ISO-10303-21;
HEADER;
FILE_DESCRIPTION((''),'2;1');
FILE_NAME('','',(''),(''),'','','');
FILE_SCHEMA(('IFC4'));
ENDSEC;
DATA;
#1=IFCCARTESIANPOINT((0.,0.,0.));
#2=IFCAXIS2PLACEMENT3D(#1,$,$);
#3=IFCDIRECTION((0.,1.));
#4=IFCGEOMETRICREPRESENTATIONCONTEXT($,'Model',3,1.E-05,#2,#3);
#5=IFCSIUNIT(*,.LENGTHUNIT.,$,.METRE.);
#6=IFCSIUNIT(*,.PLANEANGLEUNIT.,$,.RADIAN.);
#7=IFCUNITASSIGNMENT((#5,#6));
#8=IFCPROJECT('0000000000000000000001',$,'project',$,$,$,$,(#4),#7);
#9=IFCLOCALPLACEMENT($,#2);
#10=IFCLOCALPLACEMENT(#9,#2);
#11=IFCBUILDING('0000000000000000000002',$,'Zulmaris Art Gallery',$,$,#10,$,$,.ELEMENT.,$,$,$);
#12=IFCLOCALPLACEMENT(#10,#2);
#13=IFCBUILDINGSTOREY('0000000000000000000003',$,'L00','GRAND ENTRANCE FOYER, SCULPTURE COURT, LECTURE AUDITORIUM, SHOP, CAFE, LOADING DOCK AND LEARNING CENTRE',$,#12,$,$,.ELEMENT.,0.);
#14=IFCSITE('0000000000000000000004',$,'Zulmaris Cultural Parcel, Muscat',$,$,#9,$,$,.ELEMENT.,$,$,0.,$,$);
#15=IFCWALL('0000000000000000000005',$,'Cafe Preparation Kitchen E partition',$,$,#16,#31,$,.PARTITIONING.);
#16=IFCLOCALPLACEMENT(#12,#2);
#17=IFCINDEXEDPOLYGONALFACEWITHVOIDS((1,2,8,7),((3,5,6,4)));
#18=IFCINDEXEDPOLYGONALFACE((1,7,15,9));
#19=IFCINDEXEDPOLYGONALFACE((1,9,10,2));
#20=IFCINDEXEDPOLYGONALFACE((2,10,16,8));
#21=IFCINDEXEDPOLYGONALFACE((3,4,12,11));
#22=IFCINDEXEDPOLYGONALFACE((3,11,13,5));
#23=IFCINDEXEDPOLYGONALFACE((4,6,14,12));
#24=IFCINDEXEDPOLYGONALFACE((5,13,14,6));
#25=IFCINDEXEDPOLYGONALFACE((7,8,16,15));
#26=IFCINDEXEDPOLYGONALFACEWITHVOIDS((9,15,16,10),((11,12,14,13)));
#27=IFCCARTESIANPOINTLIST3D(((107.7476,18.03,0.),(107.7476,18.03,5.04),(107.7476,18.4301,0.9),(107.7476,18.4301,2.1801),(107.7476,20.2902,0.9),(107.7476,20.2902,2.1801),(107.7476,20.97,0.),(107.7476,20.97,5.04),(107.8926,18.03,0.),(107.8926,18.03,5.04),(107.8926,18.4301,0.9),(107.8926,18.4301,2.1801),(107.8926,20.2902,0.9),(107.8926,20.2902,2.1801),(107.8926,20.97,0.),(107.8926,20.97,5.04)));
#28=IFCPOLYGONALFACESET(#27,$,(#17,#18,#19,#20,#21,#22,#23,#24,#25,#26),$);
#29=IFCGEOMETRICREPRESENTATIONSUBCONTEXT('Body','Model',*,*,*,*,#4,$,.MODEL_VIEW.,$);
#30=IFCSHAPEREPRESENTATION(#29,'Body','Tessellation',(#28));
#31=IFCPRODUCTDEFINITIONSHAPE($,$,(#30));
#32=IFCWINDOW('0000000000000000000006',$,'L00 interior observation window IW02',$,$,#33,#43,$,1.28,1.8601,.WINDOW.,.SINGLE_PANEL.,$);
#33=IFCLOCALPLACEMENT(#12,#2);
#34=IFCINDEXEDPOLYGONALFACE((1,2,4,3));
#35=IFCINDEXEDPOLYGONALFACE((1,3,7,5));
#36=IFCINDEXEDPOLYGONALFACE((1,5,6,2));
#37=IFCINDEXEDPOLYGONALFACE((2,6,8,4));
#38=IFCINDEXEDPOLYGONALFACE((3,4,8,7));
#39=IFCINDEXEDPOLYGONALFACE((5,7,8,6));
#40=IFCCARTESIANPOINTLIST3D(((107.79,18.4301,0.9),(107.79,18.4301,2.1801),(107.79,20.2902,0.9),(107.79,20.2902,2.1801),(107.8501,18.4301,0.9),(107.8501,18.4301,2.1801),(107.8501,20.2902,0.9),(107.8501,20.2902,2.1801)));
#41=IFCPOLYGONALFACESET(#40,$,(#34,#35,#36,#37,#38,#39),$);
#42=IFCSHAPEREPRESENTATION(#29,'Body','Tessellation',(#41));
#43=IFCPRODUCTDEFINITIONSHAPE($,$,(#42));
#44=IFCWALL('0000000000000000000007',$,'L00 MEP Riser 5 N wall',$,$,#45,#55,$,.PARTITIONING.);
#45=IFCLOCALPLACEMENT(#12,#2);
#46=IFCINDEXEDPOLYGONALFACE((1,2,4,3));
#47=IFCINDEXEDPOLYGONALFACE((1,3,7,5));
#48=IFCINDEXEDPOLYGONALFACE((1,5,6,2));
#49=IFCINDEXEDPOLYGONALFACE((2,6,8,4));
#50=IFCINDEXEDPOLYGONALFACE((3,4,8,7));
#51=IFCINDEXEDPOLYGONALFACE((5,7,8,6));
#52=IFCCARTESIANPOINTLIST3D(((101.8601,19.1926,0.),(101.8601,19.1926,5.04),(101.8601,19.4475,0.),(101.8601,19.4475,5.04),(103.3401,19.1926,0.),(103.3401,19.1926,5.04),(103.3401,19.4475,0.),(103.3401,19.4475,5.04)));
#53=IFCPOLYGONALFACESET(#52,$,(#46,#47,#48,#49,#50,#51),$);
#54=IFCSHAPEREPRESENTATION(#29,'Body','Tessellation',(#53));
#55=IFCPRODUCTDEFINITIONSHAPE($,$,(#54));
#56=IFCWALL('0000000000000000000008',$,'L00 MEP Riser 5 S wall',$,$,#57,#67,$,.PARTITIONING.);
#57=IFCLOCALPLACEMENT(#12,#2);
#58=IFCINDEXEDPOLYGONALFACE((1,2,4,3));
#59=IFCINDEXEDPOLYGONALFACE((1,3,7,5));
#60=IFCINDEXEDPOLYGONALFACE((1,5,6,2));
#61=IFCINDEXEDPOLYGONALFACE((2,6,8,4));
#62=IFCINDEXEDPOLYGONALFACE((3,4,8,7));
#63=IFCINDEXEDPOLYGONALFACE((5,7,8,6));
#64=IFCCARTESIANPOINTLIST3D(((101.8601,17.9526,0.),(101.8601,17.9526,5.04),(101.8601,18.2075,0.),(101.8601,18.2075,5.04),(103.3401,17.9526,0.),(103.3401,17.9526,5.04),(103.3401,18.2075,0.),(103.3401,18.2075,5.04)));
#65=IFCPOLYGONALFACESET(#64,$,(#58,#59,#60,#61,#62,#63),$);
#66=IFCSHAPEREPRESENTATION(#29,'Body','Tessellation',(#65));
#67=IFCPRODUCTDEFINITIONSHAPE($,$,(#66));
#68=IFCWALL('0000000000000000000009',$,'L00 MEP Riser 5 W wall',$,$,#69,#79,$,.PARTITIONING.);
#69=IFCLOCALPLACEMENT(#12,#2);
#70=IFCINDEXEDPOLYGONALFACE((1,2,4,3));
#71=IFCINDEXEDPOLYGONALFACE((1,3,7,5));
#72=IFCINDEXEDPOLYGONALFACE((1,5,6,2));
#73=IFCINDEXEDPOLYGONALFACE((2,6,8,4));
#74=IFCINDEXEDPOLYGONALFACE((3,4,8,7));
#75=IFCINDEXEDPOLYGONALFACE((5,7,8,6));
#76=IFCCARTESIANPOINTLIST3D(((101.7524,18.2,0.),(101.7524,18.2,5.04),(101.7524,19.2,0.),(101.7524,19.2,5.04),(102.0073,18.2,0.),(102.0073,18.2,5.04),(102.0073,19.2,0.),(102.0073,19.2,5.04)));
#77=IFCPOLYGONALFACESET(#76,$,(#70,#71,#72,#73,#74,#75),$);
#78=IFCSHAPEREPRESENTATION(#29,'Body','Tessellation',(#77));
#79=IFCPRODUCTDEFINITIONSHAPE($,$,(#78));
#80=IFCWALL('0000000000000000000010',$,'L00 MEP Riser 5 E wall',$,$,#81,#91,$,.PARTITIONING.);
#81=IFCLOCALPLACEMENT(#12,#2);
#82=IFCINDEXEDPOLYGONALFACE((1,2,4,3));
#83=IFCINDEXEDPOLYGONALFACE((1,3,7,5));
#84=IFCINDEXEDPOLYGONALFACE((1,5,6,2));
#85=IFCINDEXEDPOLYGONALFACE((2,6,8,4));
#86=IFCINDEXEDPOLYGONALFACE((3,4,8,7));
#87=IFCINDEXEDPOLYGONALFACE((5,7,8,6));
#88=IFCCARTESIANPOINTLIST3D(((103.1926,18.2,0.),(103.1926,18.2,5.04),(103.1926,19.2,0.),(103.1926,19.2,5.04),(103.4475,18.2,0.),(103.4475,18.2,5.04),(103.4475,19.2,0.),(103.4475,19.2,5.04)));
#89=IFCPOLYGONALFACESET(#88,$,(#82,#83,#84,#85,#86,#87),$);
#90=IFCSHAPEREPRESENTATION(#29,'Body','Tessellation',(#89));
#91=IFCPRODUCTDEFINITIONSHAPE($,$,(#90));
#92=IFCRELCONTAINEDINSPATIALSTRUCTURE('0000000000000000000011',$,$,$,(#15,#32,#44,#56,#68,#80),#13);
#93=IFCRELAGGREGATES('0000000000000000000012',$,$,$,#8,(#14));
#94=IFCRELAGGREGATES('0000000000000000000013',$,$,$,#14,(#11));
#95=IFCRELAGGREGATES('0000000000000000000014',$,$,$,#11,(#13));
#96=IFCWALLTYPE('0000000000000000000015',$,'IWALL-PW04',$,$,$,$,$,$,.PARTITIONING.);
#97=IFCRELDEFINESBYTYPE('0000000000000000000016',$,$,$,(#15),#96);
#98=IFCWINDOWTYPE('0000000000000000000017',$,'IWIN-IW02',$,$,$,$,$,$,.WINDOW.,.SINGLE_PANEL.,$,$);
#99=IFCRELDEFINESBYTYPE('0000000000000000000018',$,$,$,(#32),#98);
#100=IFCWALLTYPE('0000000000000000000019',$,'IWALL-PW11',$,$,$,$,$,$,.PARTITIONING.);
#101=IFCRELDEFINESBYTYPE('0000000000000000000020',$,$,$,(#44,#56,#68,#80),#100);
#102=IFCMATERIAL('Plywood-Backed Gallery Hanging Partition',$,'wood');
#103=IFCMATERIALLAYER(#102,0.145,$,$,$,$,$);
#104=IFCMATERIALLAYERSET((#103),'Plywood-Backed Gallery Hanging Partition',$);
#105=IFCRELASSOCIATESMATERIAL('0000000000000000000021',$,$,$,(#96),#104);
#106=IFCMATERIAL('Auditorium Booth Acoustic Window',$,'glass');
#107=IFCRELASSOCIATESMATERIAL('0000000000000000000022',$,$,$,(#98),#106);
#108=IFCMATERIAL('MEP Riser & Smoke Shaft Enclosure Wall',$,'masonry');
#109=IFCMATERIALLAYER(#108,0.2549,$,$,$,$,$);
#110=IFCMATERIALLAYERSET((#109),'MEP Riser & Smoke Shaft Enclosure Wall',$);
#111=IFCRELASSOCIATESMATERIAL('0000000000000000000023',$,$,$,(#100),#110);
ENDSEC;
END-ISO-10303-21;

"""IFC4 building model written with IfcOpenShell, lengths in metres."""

from ifc_helpers import new_model, si_unit, direction, frame, frame_2d, origin, place, context, subcontext, project, spatial, rectangle, extrude, material, layer, layer_set, type_object, element, fill, save


model = new_model("IFC4")

# Units and contexts
model_context = context("Model", 3, precision=1e-05, world=origin(), true_north=direction((0.0, 1.0)))
body_context = subcontext(model_context, "Body", "Model", "MODEL_VIEW")
ifc_project = project(units=[si_unit("LENGTHUNIT", "METRE"), si_unit("PLANEANGLEUNIT", "RADIAN")], contexts=[model_context])

# Site, building, storey
site_placement = place(None, origin())
site = spatial("IfcSite", under=ifc_project, at=site_placement, Name="Zulmaris Cultural Parcel, Muscat", CompositionType="ELEMENT", RefElevation=0.0)
building_placement = place(site_placement, origin())
building = spatial("IfcBuilding", under=site, at=building_placement, Name="Zulmaris Art Gallery", CompositionType="ELEMENT")
storey_placement = place(building_placement, origin())
storey = spatial("IfcBuildingStorey", under=building, at=storey_placement, Name="L00", Description="GRAND ENTRANCE FOYER, SCULPTURE COURT, LECTURE AUDITORIUM, SHOP, CAFE, LOADING DOCK AND LEARNING CENTRE", CompositionType="ELEMENT", Elevation=0.0)

# Wall, opening, window
ifc_material_1 = material(Name="Plywood-Backed Gallery Hanging Partition", Category="wood")
ifc_layer_1 = layer(ifc_material_1, 0.145)
ifc_layer_set_1 = layer_set([ifc_layer_1], Name="Plywood-Backed Gallery Hanging Partition")
wall_type_1 = type_object("IfcWallType", Name="IWALL-PW04", PredefinedType="PARTITIONING", material=ifc_layer_set_1)
wall_placement = place(storey_placement, frame((107.8201, 18.03, 0.0), z_axis=(0.0, 0.0, 1.0), x_axis=(0.0, 1.0, 0.0)))
wall = element("IfcWall", 1, at=wall_placement, inside=storey, type_object=wall_type_1, Name="Cafe Preparation Kitchen E partition", PredefinedType="PARTITIONING", context=body_context, shape_type="SweptSolid", body=[
    extrude(rectangle(XDim=2.9399, YDim=0.145, at=frame_2d((1.47, 0.0))), origin(), (0.0, 0.0, 1.0), 5.04),
])
opening_placement = place(wall_placement, frame((0.3999, 0.0, 0.8999)))
opening = element("IfcOpeningElement", 2, at=opening_placement, cuts=wall, PredefinedType="OPENING", context=body_context, shape_type="SweptSolid", body=[
    extrude(rectangle(XDim=1.8601, YDim=1.28, at=frame_2d((0.9302, 0.6401))), frame((0.0, 0.0825, 0.0), z_axis=(0.0, -1.0, 0.0), x_axis=(1.0, 0.0, 0.0)), (0.0, 0.0, 1.0), 0.165),
])
ifc_material_2 = material(Name="Auditorium Booth Acoustic Window", Category="glass")
window_type = type_object("IfcWindowType", Name="IWIN-IW02", PartitioningType="SINGLE_PANEL", PredefinedType="WINDOW", material=ifc_material_2)
window_placement = place(opening_placement, origin())
window = element("IfcWindow", 3, at=window_placement, inside=storey, type_object=window_type, Name="L00 interior observation window IW02", OverallHeight=1.28, OverallWidth=1.8601, PartitioningType="SINGLE_PANEL", PredefinedType="WINDOW", context=body_context, shape_type="SweptSolid", body=[
    extrude(rectangle(XDim=1.8601, YDim=1.28, at=frame_2d((0.9302, 0.6401))), frame((0.0, 0.03, 0.0), z_axis=(0.0, -1.0, 0.0), x_axis=(1.0, 0.0, 0.0)), (0.0, 0.0, 1.0), 0.0601),
])
fill(opening, window)

# Walls
ifc_material_3 = material(Name="MEP Riser & Smoke Shaft Enclosure Wall", Category="masonry")
ifc_layer_2 = layer(ifc_material_3, 0.2549)
ifc_layer_set_2 = layer_set([ifc_layer_2], Name="MEP Riser & Smoke Shaft Enclosure Wall")
wall_type_2 = type_object("IfcWallType", Name="IWALL-PW11", PredefinedType="PARTITIONING", material=ifc_layer_set_2)
for number, where, z_axis, x_axis, name in (
    (4, (101.8601, 19.3201, 0.0), (0.0, 0.0, 1.0), (1.0, 0.0, 0.0), "L00 MEP Riser 5 N wall"),
    (5, (101.8601, 18.0801, 0.0), (0.0, 0.0, 1.0), (1.0, 0.0, 0.0), "L00 MEP Riser 5 S wall"),
):
    element("IfcWall", number, at=place(storey_placement, frame(where, z_axis=z_axis, x_axis=x_axis)), inside=storey, type_object=wall_type_2, Name=name, PredefinedType="PARTITIONING", context=body_context, shape_type="SweptSolid", body=[
        extrude(rectangle(XDim=1.48, YDim=0.2549, at=frame_2d((0.74, 0.0))), origin(), (0.0, 0.0, 1.0), 5.04),
    ])
for number, where, z_axis, x_axis, name in (
    (6, (101.8799, 18.2, 0.0), (0.0, 0.0, 1.0), (0.0, 1.0, 0.0), "L00 MEP Riser 5 W wall"),
    (7, (103.3201, 18.2, 0.0), (0.0, 0.0, 1.0), (0.0, 1.0, 0.0), "L00 MEP Riser 5 E wall"),
):
    element("IfcWall", number, at=place(storey_placement, frame(where, z_axis=z_axis, x_axis=x_axis)), inside=storey, type_object=wall_type_2, Name=name, PredefinedType="PARTITIONING", context=body_context, shape_type="SweptSolid", body=[
        extrude(rectangle(XDim=1.0, YDim=0.2549, at=frame_2d((0.5, 0.0))), origin(), (0.0, 0.0, 1.0), 5.04),
    ])

save(model, "model.ifc")
